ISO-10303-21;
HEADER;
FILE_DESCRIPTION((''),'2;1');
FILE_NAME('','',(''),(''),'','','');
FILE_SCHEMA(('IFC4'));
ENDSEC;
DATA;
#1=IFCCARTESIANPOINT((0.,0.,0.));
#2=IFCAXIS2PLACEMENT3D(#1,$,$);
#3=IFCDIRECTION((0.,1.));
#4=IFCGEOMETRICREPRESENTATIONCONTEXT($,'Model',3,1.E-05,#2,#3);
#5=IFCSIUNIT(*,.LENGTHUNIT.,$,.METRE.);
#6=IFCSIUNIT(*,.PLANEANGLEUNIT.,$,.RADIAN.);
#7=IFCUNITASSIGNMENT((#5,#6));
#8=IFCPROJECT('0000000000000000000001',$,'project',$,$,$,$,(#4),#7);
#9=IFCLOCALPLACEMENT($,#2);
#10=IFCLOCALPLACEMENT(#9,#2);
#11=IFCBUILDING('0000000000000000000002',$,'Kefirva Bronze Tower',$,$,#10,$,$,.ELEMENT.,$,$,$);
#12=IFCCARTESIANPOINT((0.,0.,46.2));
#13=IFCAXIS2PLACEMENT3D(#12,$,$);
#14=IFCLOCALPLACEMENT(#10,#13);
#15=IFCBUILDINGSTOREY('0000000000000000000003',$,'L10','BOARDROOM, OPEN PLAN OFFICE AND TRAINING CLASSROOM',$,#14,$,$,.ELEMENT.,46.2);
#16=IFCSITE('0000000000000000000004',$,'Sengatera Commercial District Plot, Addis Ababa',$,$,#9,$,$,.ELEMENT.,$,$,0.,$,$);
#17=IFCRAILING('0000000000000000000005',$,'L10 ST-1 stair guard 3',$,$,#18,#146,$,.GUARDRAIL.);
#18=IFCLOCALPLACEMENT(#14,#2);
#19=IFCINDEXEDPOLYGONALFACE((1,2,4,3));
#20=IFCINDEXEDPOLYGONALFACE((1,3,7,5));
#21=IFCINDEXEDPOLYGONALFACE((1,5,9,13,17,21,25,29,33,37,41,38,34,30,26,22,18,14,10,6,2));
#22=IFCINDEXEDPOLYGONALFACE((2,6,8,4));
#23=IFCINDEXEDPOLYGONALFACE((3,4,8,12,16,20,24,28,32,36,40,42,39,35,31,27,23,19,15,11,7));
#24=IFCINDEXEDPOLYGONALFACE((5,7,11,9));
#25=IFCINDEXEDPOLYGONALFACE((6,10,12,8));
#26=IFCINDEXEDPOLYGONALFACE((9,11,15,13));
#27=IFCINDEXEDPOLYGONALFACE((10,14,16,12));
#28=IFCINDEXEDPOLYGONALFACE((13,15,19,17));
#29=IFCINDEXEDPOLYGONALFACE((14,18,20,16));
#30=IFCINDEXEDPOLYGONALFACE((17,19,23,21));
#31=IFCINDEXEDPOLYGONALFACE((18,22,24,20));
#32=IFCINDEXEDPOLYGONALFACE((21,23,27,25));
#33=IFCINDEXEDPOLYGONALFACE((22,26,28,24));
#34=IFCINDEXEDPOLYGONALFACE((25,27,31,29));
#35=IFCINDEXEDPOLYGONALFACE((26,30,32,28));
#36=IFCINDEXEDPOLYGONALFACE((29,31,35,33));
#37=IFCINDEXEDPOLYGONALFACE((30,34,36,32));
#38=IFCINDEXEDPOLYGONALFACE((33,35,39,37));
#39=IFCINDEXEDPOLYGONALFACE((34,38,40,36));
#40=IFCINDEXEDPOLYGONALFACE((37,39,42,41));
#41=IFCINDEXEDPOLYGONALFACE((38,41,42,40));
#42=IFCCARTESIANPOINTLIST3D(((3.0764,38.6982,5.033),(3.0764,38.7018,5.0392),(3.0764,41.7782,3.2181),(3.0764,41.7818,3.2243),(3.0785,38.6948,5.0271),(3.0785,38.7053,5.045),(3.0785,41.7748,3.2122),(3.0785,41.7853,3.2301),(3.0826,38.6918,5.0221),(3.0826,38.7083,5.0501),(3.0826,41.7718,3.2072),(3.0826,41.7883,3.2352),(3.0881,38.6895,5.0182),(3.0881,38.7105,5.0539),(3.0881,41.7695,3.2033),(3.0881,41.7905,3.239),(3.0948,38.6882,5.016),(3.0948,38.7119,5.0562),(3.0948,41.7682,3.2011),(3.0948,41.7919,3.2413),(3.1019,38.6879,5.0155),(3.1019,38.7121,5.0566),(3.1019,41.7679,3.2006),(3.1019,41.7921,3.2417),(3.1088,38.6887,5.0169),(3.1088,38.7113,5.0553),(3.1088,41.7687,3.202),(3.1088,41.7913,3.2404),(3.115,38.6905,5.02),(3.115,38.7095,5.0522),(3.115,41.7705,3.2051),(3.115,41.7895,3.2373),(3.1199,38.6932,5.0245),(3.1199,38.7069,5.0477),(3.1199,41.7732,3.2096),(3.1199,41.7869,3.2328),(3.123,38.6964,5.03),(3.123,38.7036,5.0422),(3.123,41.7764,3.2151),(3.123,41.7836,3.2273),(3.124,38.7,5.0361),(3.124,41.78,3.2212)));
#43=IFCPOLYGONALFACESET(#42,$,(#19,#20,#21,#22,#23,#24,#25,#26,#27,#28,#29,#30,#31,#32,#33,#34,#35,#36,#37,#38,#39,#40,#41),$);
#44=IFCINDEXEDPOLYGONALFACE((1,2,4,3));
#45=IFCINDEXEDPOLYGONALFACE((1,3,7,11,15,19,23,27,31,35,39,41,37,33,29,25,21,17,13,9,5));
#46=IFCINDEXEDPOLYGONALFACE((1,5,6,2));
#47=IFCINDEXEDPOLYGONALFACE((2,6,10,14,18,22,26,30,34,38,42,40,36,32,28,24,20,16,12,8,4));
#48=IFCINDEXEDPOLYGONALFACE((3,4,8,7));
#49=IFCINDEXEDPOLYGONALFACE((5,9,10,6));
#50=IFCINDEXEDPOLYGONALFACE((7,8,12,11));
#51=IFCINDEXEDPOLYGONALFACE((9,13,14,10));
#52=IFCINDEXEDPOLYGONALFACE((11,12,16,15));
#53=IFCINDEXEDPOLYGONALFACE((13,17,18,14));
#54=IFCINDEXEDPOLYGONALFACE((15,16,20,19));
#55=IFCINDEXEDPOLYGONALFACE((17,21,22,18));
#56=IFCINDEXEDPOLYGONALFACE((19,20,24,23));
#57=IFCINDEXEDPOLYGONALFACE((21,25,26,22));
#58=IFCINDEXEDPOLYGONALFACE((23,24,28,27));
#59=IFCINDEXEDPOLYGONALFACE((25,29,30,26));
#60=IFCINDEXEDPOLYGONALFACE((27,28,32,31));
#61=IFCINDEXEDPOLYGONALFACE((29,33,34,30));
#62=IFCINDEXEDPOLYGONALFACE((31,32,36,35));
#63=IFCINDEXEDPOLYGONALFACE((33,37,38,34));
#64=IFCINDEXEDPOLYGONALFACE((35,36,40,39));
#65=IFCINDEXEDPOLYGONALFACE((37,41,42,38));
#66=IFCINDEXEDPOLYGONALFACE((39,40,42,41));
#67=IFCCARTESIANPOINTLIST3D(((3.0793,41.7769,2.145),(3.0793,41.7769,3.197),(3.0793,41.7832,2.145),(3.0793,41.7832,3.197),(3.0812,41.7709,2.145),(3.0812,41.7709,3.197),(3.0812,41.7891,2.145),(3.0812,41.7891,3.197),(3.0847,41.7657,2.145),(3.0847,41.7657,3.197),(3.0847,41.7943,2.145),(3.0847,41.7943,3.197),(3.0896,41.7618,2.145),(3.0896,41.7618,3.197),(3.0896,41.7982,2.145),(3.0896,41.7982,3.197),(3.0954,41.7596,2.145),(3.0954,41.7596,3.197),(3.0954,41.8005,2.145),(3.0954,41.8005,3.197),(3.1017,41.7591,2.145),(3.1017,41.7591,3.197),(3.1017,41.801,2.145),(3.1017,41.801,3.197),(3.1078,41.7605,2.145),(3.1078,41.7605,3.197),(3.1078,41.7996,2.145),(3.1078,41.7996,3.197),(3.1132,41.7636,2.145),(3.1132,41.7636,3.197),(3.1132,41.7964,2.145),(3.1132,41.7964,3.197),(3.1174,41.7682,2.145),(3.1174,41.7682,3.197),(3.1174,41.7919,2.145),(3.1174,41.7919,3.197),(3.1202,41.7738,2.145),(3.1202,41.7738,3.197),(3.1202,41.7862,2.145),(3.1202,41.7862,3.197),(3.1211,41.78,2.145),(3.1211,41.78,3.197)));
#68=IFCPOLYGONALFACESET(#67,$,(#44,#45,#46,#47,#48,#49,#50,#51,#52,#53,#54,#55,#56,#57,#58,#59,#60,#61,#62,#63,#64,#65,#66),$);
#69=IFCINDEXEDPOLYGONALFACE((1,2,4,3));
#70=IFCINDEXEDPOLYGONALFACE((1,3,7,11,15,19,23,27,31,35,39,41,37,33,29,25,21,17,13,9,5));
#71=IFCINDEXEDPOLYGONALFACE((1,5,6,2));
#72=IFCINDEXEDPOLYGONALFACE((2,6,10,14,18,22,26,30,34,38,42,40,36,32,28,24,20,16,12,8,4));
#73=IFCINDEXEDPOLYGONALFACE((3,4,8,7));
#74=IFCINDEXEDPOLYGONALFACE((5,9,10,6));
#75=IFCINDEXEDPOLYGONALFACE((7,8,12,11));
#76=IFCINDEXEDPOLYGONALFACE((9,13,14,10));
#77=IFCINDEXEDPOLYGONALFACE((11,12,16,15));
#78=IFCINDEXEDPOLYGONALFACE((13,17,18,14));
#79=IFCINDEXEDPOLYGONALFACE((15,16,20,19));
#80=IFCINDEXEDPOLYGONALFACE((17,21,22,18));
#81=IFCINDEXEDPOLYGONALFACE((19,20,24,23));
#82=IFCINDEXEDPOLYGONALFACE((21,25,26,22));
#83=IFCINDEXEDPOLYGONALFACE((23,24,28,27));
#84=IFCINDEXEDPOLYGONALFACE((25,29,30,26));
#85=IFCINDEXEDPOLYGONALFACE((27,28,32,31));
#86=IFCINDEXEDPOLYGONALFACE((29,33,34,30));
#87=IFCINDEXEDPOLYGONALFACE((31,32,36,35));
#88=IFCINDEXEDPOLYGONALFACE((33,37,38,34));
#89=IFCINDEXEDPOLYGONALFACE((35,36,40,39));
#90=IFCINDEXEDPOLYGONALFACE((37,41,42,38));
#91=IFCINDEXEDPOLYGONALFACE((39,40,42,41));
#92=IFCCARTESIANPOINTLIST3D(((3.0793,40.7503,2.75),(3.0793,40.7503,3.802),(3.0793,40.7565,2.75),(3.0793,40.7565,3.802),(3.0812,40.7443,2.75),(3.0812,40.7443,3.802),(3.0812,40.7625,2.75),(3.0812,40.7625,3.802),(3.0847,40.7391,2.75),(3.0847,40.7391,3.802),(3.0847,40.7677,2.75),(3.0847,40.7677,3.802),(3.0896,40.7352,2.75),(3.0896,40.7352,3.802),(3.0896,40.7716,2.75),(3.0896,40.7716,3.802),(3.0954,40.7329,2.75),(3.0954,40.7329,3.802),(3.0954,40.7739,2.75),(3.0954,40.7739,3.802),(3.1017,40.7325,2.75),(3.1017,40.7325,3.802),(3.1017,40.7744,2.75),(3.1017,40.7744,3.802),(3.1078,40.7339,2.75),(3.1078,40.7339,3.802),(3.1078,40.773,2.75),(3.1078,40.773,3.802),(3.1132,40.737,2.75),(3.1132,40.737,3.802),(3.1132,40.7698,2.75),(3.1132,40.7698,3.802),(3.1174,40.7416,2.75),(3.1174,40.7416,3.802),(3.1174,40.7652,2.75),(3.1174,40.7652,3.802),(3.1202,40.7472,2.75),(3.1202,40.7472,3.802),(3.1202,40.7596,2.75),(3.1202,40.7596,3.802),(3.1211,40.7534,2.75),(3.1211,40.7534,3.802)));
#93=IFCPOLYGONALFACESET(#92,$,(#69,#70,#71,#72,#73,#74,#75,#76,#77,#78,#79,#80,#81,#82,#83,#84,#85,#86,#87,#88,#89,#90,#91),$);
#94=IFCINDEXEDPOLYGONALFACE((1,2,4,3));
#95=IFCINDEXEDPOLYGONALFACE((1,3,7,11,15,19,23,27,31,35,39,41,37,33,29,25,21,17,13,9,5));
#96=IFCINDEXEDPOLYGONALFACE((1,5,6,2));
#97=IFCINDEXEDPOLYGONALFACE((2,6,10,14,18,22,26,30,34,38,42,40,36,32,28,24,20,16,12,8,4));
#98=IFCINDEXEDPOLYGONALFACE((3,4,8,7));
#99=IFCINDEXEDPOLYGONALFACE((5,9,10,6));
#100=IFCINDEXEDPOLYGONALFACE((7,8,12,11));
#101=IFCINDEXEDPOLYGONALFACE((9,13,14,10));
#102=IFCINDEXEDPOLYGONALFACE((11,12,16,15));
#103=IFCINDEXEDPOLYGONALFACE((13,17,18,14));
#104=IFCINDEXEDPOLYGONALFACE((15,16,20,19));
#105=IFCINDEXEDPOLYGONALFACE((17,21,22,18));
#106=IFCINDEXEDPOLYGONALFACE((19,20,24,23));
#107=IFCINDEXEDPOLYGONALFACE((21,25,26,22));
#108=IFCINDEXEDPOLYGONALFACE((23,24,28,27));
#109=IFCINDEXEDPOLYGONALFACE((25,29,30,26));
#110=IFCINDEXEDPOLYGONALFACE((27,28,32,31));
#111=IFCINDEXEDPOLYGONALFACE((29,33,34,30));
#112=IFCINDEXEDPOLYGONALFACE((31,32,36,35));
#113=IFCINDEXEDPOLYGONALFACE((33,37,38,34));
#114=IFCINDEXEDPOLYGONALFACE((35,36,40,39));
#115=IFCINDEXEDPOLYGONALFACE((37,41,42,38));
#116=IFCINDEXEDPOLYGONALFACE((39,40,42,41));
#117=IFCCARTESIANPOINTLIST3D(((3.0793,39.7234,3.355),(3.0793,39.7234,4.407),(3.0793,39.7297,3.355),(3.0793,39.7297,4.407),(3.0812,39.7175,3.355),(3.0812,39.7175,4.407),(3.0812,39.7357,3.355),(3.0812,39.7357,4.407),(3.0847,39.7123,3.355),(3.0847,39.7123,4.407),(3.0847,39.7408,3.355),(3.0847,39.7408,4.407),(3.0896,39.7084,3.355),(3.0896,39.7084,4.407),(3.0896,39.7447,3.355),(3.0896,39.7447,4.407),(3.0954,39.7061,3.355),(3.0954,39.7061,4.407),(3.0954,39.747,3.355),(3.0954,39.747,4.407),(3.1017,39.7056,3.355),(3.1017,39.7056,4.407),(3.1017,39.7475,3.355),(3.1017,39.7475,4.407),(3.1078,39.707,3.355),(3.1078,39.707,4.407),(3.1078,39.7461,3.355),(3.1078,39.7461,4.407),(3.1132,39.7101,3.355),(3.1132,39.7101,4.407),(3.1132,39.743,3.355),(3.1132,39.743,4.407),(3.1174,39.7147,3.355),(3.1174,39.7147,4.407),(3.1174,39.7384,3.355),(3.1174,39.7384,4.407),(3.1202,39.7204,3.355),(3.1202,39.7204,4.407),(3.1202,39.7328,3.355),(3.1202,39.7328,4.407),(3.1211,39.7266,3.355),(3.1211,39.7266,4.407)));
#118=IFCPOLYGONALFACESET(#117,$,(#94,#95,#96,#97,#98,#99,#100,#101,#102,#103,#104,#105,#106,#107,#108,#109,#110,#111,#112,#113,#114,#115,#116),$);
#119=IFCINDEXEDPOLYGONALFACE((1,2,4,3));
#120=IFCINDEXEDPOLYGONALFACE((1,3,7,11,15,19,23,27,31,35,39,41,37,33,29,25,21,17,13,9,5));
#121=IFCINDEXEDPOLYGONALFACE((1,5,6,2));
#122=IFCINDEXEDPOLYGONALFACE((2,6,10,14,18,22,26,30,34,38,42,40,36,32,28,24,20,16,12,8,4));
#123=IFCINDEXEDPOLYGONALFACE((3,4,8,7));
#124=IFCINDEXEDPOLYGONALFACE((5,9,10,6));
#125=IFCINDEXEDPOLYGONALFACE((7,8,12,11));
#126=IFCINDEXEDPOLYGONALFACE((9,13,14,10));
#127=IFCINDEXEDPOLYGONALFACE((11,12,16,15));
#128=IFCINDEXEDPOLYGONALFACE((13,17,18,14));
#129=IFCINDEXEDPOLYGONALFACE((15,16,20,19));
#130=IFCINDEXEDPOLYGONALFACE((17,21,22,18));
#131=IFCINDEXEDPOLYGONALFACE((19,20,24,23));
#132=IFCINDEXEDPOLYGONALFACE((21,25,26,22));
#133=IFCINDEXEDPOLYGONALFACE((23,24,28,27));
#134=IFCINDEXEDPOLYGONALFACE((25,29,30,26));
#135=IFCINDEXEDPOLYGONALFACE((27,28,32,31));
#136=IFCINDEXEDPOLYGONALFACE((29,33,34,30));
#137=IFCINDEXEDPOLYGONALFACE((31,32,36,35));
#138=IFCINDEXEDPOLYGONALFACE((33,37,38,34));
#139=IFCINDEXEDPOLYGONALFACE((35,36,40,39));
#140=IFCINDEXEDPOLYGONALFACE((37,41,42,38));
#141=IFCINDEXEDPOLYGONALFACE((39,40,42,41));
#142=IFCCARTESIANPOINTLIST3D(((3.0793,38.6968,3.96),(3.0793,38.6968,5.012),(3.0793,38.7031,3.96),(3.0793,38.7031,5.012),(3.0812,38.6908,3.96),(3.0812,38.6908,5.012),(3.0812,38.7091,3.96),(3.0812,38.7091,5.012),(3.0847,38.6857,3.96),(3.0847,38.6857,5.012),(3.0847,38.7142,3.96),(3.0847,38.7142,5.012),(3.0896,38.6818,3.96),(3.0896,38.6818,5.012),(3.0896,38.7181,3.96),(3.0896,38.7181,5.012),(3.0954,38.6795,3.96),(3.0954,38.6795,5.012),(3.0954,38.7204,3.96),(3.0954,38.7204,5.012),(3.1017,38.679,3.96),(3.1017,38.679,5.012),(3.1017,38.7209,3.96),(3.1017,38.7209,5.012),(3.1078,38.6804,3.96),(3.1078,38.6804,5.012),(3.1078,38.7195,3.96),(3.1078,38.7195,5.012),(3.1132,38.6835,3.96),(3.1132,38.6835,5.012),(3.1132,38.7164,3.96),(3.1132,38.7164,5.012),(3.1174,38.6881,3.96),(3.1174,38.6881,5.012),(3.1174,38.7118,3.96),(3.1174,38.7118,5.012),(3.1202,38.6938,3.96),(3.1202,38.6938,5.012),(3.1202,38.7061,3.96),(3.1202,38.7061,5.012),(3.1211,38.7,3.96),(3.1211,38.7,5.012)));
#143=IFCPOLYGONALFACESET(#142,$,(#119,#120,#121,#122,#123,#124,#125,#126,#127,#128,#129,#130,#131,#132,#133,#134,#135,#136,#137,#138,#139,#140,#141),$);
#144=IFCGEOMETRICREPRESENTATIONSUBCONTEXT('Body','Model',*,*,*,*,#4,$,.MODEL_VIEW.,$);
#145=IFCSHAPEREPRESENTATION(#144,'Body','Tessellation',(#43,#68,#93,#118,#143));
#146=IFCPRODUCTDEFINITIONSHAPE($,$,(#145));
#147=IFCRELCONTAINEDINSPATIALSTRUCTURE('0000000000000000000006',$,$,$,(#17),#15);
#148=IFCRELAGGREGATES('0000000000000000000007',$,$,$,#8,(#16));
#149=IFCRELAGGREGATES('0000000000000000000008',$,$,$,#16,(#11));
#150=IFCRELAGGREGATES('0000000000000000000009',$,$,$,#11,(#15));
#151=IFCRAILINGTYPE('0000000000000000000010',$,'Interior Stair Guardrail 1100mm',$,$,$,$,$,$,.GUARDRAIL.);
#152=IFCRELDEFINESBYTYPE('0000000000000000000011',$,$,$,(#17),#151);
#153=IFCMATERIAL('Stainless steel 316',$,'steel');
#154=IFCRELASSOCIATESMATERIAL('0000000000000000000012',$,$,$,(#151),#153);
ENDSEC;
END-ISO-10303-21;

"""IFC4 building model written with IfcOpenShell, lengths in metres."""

from ifc_helpers import new_model, si_unit, direction, frame, origin, origin_2d, place, context, subcontext, project, spatial, circle, extrude, material, type_object, element, save


model = new_model("IFC4")

# Units and contexts
model_context = context("Model", 3, precision=1e-05, world=origin(), true_north=direction((0.0, 1.0)))
body_context = subcontext(model_context, "Body", "Model", "MODEL_VIEW")
ifc_project = project(units=[si_unit("LENGTHUNIT", "METRE"), si_unit("PLANEANGLEUNIT", "RADIAN")], contexts=[model_context])

# Site, building, storey
site_placement = place(None, origin())
site = spatial("IfcSite", under=ifc_project, at=site_placement, Name="Sengatera Commercial District Plot, Addis Ababa", CompositionType="ELEMENT", RefElevation=0.0)
building_placement = place(site_placement, origin())
building = spatial("IfcBuilding", under=site, at=building_placement, Name="Kefirva Bronze Tower", CompositionType="ELEMENT")
storey_placement = place(building_placement, frame((0.0, 0.0, 46.2)))
storey = spatial("IfcBuildingStorey", under=building, at=storey_placement, Name="L10", Description="BOARDROOM, OPEN PLAN OFFICE AND TRAINING CLASSROOM", CompositionType="ELEMENT", Elevation=46.2)

# Railing
ifc_material_1 = material(Name="Stainless steel 316", Category="steel")
railing_type_1 = type_object("IfcRailingType", Name="Interior Stair Guardrail 1100mm", PredefinedType="GUARDRAIL", material=ifc_material_1)
railing_1_placement = place(storey_placement, frame((3.1001, 41.78, 2.145)))
element("IfcRailing", 1, at=railing_1_placement, inside=storey, type_object=railing_type_1, Name="L10 ST-1 stair guard 3", PredefinedType="GUARDRAIL", context=body_context, shape_type="SweptSolid", body=[
    extrude(circle(Radius=0.0239, at=origin_2d()), frame((0.0, 0.0, 1.0762), z_axis=(0.0, -0.861551, 0.507671), x_axis=(1.0, 0.0, 0.0)), (0.0, 0.0, 1.0), 3.575),
    extrude(circle(Radius=0.021, at=origin_2d()), origin(), (0.0, 0.0, 1.0), 1.052),
    extrude(circle(Radius=0.021, at=origin_2d()), frame((0.0, -1.0266, 0.605)), (0.0, 0.0, 1.0), 1.052),
    extrude(circle(Radius=0.021, at=origin_2d()), frame((0.0, -2.0535, 1.21)), (0.0, 0.0, 1.0), 1.052),
    extrude(circle(Radius=0.021, at=origin_2d()), frame((0.0, -3.0801, 1.8149)), (0.0, 0.0, 1.0), 1.052),
])

save(model, "model.ifc")
